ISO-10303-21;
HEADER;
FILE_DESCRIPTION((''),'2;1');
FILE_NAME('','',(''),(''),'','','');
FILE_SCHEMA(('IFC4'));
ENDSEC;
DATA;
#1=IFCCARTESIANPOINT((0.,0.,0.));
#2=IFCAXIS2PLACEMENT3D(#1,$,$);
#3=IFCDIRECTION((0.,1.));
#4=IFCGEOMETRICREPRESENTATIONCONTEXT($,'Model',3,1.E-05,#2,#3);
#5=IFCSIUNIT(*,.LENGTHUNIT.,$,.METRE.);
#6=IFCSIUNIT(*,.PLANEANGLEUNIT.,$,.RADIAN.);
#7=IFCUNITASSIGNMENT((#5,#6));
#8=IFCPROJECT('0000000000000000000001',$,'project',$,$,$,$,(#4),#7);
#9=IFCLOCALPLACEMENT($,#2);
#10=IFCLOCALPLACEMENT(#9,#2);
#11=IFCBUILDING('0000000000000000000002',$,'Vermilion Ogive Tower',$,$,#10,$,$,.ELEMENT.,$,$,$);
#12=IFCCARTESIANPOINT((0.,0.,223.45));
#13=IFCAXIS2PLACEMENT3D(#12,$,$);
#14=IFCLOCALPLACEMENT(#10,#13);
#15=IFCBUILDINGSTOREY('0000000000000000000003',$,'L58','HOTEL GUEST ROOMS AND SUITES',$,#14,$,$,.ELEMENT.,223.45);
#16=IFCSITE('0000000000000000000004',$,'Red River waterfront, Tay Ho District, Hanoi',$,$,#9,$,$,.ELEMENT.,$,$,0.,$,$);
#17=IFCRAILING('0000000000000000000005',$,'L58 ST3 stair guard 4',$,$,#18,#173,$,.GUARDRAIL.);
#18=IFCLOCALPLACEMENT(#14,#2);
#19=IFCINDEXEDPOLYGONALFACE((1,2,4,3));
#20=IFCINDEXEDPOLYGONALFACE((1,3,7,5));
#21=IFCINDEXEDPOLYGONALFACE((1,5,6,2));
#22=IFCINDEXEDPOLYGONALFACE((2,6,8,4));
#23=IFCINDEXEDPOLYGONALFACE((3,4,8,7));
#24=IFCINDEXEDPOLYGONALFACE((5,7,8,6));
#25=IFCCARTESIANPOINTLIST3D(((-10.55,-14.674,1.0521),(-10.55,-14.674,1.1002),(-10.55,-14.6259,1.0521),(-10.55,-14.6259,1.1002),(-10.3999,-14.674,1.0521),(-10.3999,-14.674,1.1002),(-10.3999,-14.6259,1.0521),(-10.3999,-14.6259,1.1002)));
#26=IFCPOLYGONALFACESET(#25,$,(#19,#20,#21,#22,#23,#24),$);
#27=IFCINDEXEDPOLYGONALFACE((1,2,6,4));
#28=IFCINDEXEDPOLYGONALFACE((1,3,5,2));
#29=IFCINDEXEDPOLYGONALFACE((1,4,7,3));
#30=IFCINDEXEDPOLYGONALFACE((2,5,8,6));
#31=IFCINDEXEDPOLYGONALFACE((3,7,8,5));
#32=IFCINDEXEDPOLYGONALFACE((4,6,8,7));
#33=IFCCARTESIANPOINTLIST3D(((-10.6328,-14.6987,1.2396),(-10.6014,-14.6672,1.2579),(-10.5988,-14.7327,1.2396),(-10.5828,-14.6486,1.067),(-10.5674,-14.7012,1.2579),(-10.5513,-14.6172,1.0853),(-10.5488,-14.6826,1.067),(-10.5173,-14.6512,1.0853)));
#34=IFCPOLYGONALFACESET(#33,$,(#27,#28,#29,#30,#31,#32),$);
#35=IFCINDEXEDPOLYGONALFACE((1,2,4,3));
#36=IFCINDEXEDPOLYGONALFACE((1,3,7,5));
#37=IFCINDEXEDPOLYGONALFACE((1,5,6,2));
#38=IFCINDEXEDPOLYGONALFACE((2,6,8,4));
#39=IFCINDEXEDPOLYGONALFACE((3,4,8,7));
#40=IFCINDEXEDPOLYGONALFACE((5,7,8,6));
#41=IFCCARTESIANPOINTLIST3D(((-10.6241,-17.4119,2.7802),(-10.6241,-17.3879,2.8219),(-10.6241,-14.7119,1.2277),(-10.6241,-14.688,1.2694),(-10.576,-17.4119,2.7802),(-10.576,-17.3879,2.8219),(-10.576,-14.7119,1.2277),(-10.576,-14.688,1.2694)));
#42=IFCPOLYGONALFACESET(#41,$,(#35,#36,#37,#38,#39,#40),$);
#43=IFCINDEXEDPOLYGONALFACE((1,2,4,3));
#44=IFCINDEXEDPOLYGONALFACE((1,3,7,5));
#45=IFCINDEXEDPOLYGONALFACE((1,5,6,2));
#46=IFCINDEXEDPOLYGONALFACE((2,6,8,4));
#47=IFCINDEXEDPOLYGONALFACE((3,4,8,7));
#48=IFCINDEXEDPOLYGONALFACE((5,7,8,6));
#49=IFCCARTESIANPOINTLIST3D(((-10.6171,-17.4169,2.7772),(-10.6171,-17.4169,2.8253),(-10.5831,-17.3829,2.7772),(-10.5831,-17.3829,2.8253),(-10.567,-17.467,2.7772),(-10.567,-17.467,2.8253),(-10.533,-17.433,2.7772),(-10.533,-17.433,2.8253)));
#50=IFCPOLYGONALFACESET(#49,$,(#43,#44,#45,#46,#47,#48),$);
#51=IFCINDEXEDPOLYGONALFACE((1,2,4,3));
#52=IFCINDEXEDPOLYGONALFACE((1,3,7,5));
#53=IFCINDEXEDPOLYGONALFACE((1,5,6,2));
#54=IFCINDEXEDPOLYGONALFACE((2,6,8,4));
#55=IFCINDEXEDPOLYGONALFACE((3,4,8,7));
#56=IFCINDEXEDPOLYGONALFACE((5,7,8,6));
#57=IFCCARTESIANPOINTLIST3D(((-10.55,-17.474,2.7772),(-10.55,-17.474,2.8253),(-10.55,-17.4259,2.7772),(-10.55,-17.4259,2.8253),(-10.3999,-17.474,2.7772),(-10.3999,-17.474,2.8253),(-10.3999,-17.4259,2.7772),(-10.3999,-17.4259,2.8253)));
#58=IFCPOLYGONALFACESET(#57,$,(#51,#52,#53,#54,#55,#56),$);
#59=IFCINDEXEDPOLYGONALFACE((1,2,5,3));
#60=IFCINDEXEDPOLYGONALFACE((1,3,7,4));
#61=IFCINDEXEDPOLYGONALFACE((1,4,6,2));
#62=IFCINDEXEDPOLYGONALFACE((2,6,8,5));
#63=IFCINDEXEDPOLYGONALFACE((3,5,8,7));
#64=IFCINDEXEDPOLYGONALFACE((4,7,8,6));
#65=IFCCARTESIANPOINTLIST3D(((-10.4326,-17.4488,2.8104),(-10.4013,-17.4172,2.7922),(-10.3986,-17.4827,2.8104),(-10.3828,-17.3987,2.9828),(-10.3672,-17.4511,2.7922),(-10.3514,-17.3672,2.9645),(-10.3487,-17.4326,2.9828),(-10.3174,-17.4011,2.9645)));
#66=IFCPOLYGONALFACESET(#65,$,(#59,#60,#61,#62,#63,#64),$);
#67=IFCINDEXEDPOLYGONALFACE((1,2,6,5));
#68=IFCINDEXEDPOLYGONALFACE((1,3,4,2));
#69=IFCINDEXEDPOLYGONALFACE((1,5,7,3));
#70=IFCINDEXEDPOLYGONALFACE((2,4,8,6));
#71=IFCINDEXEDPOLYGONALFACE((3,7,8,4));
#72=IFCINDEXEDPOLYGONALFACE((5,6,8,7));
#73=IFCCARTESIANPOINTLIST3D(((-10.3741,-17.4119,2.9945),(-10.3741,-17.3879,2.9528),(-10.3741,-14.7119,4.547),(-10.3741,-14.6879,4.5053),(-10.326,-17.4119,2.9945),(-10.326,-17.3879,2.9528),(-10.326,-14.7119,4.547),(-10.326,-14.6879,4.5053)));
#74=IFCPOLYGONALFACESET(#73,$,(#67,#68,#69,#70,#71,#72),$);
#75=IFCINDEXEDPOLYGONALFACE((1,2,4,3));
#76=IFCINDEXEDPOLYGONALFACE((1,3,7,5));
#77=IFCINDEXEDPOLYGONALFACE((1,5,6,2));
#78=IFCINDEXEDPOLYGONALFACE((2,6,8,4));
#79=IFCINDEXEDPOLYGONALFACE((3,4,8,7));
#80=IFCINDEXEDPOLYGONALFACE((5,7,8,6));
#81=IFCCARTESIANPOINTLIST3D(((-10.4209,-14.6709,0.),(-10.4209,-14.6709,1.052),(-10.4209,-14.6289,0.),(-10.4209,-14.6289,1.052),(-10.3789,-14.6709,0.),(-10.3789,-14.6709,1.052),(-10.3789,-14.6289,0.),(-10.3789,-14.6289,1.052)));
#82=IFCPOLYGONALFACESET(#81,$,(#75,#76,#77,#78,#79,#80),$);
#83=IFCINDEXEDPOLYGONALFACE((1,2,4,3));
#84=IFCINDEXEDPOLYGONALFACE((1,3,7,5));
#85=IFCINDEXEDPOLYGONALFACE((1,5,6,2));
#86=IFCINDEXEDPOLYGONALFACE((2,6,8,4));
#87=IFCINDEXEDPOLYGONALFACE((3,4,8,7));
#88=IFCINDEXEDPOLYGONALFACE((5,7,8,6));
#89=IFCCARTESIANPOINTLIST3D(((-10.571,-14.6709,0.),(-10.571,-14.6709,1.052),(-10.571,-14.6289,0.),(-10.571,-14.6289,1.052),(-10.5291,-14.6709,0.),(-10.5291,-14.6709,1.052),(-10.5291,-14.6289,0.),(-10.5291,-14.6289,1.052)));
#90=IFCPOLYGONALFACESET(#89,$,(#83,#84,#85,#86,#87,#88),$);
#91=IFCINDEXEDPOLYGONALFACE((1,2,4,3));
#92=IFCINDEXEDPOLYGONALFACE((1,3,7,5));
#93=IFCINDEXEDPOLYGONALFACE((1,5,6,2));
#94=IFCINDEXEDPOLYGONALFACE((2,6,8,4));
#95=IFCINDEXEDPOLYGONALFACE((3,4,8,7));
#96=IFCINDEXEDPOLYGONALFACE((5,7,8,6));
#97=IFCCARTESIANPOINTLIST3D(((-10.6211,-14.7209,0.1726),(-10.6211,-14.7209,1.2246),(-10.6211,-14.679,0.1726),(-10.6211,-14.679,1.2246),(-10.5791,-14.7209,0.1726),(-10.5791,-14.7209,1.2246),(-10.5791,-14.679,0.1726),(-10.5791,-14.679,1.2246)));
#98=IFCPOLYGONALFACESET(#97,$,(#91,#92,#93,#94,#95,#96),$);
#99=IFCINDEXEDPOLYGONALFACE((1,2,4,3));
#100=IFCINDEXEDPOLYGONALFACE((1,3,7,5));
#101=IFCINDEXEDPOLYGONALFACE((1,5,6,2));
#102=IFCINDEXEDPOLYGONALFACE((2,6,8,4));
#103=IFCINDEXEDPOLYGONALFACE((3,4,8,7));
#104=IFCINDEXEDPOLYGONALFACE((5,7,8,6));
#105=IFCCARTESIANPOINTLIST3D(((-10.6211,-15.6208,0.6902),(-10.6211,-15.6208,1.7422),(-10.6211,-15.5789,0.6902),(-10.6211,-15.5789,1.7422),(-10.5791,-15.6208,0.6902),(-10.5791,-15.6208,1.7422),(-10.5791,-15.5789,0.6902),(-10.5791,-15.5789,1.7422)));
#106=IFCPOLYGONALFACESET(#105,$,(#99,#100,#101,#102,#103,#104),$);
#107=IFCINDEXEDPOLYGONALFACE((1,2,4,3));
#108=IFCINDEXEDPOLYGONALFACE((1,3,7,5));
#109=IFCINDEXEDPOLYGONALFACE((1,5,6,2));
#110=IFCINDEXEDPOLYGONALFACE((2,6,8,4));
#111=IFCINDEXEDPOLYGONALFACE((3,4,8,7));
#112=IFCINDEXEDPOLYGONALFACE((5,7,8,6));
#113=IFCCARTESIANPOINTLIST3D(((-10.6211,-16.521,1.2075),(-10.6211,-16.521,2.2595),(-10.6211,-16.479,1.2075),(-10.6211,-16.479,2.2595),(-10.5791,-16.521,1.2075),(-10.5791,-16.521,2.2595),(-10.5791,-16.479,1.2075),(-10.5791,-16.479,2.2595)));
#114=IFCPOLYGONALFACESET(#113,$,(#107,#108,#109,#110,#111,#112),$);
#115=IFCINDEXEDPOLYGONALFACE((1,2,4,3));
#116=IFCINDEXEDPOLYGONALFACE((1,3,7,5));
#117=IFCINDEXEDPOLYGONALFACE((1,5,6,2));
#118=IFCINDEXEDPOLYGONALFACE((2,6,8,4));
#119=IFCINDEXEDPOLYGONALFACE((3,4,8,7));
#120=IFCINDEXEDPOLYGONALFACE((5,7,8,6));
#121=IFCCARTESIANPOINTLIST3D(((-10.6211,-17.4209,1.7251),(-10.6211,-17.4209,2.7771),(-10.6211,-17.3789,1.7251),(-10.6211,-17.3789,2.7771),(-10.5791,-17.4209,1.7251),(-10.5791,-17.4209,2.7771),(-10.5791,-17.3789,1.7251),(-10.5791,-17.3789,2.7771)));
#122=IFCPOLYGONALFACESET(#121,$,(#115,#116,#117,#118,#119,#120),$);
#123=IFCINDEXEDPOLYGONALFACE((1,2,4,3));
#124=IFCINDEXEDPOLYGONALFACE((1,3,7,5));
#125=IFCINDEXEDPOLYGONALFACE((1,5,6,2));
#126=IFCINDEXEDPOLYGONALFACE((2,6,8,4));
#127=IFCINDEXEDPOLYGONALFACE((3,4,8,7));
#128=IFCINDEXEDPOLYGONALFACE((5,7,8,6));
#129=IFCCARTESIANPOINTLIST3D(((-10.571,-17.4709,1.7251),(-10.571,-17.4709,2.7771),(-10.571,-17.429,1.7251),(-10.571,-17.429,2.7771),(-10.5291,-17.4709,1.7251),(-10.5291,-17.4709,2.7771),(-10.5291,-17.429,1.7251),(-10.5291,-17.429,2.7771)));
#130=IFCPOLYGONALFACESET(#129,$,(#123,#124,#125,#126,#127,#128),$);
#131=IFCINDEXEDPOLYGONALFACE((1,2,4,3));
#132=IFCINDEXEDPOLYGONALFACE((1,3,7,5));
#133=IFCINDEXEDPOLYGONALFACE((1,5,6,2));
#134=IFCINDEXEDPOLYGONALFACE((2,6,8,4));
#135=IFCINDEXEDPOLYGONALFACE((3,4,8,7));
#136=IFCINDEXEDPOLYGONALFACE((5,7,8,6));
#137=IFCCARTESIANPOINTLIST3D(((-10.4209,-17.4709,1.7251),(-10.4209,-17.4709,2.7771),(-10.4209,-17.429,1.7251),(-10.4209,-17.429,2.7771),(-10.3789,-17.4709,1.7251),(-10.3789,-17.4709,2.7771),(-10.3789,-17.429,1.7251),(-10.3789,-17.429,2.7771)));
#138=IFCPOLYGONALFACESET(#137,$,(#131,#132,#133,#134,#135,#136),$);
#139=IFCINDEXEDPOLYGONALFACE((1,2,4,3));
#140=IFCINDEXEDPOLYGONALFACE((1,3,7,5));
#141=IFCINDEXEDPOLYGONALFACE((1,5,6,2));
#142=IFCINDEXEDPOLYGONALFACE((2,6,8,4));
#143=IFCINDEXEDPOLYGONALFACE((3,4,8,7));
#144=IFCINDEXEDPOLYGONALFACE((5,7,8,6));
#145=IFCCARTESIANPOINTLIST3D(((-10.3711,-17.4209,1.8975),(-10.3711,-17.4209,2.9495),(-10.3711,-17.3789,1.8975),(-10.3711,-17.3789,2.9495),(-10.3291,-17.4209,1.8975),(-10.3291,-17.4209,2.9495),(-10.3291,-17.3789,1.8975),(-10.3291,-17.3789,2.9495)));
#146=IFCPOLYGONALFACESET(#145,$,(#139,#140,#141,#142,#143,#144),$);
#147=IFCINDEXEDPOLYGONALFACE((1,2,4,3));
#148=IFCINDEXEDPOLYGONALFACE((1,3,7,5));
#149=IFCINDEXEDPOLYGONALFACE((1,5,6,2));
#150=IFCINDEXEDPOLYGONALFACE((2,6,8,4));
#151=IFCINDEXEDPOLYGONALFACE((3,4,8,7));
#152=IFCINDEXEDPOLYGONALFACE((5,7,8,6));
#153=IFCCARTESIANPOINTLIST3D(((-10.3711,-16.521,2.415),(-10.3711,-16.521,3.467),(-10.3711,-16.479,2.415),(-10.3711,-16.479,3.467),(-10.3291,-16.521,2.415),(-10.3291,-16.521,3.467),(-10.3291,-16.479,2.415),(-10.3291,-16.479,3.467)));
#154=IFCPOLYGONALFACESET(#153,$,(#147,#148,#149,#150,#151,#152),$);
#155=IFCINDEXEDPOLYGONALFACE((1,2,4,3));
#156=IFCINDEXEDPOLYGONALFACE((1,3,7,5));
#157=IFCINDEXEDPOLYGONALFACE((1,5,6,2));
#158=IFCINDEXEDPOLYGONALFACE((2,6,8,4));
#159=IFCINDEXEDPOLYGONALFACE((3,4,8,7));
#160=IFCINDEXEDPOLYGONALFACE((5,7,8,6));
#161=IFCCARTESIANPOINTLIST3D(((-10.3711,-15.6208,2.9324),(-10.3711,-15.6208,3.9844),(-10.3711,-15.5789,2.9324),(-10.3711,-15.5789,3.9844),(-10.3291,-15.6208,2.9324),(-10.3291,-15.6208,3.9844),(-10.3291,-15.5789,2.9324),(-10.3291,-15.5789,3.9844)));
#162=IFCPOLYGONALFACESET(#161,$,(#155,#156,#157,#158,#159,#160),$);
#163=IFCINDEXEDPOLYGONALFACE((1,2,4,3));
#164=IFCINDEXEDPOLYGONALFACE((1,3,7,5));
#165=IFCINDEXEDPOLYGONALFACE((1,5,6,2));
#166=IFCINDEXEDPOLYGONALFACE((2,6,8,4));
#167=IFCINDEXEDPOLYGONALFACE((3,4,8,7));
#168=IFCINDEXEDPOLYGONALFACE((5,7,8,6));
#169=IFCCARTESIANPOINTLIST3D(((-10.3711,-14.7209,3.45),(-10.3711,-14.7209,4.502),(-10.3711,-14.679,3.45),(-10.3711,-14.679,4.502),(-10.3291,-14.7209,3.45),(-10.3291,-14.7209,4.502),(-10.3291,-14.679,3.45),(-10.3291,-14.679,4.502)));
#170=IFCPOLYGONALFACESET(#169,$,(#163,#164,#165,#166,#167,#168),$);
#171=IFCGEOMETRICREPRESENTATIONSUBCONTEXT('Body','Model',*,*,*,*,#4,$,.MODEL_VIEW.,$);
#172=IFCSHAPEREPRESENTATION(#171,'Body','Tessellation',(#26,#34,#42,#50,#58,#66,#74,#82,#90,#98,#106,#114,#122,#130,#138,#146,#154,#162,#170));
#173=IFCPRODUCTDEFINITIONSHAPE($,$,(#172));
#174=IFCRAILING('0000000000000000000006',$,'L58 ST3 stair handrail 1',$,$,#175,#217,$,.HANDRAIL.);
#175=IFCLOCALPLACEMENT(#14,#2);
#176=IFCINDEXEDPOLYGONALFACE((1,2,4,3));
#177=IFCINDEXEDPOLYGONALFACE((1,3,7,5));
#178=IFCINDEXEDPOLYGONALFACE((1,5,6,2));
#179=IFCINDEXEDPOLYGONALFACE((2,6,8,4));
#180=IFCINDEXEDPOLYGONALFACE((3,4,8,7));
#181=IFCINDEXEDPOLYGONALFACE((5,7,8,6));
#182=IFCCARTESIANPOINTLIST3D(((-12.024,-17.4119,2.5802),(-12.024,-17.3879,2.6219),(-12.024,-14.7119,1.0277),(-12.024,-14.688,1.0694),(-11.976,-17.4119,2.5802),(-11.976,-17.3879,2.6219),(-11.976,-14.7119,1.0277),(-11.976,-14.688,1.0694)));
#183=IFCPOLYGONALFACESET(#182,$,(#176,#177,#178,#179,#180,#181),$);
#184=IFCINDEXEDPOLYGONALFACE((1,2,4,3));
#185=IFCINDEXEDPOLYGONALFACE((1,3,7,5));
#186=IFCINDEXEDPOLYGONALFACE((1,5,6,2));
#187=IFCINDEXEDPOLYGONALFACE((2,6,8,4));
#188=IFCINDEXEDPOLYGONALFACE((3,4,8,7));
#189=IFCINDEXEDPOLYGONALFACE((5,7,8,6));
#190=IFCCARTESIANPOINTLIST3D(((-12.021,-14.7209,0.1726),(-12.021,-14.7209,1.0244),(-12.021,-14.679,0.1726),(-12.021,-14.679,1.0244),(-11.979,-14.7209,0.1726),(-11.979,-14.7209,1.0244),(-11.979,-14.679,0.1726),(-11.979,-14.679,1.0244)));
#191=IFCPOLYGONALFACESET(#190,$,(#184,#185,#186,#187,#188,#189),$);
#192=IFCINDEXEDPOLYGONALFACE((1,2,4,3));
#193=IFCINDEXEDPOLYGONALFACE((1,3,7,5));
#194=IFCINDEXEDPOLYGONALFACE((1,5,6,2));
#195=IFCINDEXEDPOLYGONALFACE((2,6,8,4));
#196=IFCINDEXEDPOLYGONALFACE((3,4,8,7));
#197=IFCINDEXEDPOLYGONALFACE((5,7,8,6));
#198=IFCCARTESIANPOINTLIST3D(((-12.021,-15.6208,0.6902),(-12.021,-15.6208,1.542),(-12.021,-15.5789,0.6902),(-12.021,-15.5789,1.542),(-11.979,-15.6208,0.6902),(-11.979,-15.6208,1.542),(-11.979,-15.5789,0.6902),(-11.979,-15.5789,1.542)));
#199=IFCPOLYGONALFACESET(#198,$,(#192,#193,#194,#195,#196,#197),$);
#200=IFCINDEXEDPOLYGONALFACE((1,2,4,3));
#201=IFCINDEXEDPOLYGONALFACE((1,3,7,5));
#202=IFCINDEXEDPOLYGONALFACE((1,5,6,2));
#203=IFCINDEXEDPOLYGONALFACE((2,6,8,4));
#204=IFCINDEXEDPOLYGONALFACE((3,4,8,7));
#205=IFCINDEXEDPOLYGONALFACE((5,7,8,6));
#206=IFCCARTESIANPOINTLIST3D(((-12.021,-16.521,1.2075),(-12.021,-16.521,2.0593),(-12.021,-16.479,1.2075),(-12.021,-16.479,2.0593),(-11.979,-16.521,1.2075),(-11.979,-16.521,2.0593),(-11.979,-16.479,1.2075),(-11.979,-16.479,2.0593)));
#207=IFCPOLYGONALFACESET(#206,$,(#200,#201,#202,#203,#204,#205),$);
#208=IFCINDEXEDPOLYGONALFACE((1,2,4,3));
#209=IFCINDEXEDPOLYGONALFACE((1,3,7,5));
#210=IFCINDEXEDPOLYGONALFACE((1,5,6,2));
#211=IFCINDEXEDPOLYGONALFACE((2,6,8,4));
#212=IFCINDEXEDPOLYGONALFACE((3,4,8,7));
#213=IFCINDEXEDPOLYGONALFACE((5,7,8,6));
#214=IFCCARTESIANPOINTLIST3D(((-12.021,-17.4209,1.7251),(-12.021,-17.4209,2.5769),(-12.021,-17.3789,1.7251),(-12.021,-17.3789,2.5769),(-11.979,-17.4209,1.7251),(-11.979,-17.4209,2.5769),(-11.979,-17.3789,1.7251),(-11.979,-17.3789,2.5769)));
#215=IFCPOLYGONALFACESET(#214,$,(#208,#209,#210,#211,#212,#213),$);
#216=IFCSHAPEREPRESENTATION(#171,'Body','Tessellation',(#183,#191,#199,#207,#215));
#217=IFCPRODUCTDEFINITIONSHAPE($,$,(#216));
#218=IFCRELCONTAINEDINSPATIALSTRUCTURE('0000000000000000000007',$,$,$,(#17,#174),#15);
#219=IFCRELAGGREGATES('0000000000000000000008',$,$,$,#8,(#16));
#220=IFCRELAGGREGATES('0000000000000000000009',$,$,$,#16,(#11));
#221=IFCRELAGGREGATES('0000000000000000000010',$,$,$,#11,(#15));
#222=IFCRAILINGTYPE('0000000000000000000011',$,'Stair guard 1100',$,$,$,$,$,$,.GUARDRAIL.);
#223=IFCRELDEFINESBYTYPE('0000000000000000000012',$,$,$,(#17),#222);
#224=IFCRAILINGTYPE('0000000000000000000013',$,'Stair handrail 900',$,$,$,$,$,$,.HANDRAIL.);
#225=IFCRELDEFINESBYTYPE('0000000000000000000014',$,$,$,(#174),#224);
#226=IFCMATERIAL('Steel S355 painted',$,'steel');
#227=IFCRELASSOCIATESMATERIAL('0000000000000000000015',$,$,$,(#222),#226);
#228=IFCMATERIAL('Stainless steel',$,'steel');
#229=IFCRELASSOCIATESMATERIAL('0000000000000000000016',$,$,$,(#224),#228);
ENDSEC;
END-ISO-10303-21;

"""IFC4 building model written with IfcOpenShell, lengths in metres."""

from ifc_helpers import new_model, si_unit, direction, frame, origin, origin_2d, place, context, subcontext, project, spatial, rectangle, extrude, material, type_object, element, save


model = new_model("IFC4")

# Units and contexts
model_context = context("Model", 3, precision=1e-05, world=origin(), true_north=direction((0.0, 1.0)))
body_context = subcontext(model_context, "Body", "Model", "MODEL_VIEW")
ifc_project = project(units=[si_unit("LENGTHUNIT", "METRE"), si_unit("PLANEANGLEUNIT", "RADIAN")], contexts=[model_context])

# Site, building, storey
site_placement = place(None, origin())
site = spatial("IfcSite", under=ifc_project, at=site_placement, Name="Red River waterfront, Tay Ho District, Hanoi", CompositionType="ELEMENT", RefElevation=0.0)
building_placement = place(site_placement, origin())
building = spatial("IfcBuilding", under=site, at=building_placement, Name="Vermilion Ogive Tower", CompositionType="ELEMENT")
storey_placement = place(building_placement, frame((0.0, 0.0, 223.45)))
storey = spatial("IfcBuildingStorey", under=building, at=storey_placement, Name="L58", Description="HOTEL GUEST ROOMS AND SUITES", CompositionType="ELEMENT", Elevation=223.45)

# Railings
ifc_material_1 = material(Name="Steel S355 painted", Category="steel")
railing_type_1 = type_object("IfcRailingType", Name="Stair guard 1100", PredefinedType="GUARDRAIL", material=ifc_material_1)
railing_1_placement = place(storey_placement, frame((-10.3999, -14.6499, 0.0)))
element("IfcRailing", 1, at=railing_1_placement, inside=storey, type_object=railing_type_1, Name="L58 ST3 stair guard 4", PredefinedType="GUARDRAIL", context=body_context, shape_type="SweptSolid", body=[
    extrude(rectangle(XDim=0.0481, YDim=0.0481, at=origin_2d()), frame((0.0, 0.0, 1.0762), z_axis=(-1.0, 0.0, 0.0), x_axis=(0.0, -1.0, 0.0)), (0.0, 0.0, 1.0), 0.1501),
    extrude(rectangle(XDim=0.0481, YDim=0.0481, at=origin_2d()), frame((-0.1501, 0.0, 1.0762), z_axis=(-0.268278, -0.268278, 0.925232), x_axis=(0.707107, -0.707107, 0.0)), (0.0, 0.0, 1.0), 0.1865),
    extrude(rectangle(XDim=0.0481, YDim=0.0481, at=origin_2d()), frame((-0.2002, -0.05, 1.2485), z_axis=(0.0, -0.866904, 0.498476), x_axis=(1.0, 0.0, 0.0)), (0.0, 0.0, 1.0), 3.1145),
    extrude(rectangle(XDim=0.0481, YDim=0.0481, at=origin_2d()), frame((-0.2002, -2.75, 2.8013), z_axis=(0.707107, -0.707107, 0.0), x_axis=(0.707107, 0.707107, 0.0)), (0.0, 0.0, 1.0), 0.0708),
    extrude(rectangle(XDim=0.0481, YDim=0.0481, at=origin_2d()), frame((-0.1501, -2.8, 2.8013), z_axis=(1.0, 0.0, 0.0), x_axis=(0.0, 1.0, 0.0)), (0.0, 0.0, 1.0), 0.1501),
    extrude(rectangle(XDim=0.0481, YDim=0.0481, at=origin_2d()), frame((0.0, -2.8, 2.8013), z_axis=(0.267387, 0.268698, 0.925368), x_axis=(-0.708834, 0.705376, 0.0)), (0.0, 0.0, 1.0), 0.1863),
    extrude(rectangle(XDim=0.0481, YDim=0.0481, at=origin_2d()), frame((0.0498, -2.75, 2.9736), z_axis=(0.0, 0.866904, 0.498476), x_axis=(-1.0, 0.0, 0.0)), (0.0, 0.0, 1.0), 3.1145),
    extrude(rectangle(XDim=0.042, YDim=0.042, at=origin_2d()), origin(), (0.0, 0.0, 1.0), 1.052),
    extrude(rectangle(XDim=0.042, YDim=0.042, at=origin_2d()), frame((-0.1501, 0.0, 0.0)), (0.0, 0.0, 1.0), 1.052),
    extrude(rectangle(XDim=0.042, YDim=0.042, at=origin_2d()), frame((-0.2002, -0.05, 0.1726)), (0.0, 0.0, 1.0), 1.052),
    extrude(rectangle(XDim=0.042, YDim=0.042, at=origin_2d()), frame((-0.2002, -0.95, 0.6902)), (0.0, 0.0, 1.0), 1.052),
    extrude(rectangle(XDim=0.042, YDim=0.042, at=origin_2d()), frame((-0.2002, -1.8501, 1.2075)), (0.0, 0.0, 1.0), 1.052),
    extrude(rectangle(XDim=0.042, YDim=0.042, at=origin_2d()), frame((-0.2002, -2.75, 1.7251)), (0.0, 0.0, 1.0), 1.052),
    extrude(rectangle(XDim=0.042, YDim=0.042, at=origin_2d()), frame((-0.1501, -2.8, 1.7251)), (0.0, 0.0, 1.0), 1.052),
    extrude(rectangle(XDim=0.042, YDim=0.042, at=origin_2d()), frame((0.0, -2.8, 1.7251)), (0.0, 0.0, 1.0), 1.052),
    extrude(rectangle(XDim=0.042, YDim=0.042, at=origin_2d()), frame((0.0498, -2.75, 1.8975)), (0.0, 0.0, 1.0), 1.052),
    extrude(rectangle(XDim=0.042, YDim=0.042, at=origin_2d()), frame((0.0498, -1.8501, 2.415)), (0.0, 0.0, 1.0), 1.052),
    extrude(rectangle(XDim=0.042, YDim=0.042, at=origin_2d()), frame((0.0498, -0.95, 2.9324)), (0.0, 0.0, 1.0), 1.052),
    extrude(rectangle(XDim=0.042, YDim=0.042, at=origin_2d()), frame((0.0498, -0.05, 3.45)), (0.0, 0.0, 1.0), 1.052),
])
ifc_material_2 = material(Name="Stainless steel", Category="steel")
railing_type_2 = type_object("IfcRailingType", Name="Stair handrail 900", PredefinedType="HANDRAIL", material=ifc_material_2)
railing_2_placement = place(storey_placement, frame((-12.0, -14.7, 0.1726)))
element("IfcRailing", 2, at=railing_2_placement, inside=storey, type_object=railing_type_2, Name="L58 ST3 stair handrail 1", PredefinedType="HANDRAIL", context=body_context, shape_type="SweptSolid", body=[
    extrude(rectangle(XDim=0.0481, YDim=0.0481, at=origin_2d()), frame((0.0, 0.0, 0.876), z_axis=(0.0, -0.866904, 0.498476), x_axis=(1.0, 0.0, 0.0)), (0.0, 0.0, 1.0), 3.1145),
    extrude(rectangle(XDim=0.042, YDim=0.042, at=origin_2d()), origin(), (0.0, 0.0, 1.0), 0.8518),
    extrude(rectangle(XDim=0.042, YDim=0.042, at=origin_2d()), frame((0.0, -0.8999, 0.5176)), (0.0, 0.0, 1.0), 0.8518),
    extrude(rectangle(XDim=0.042, YDim=0.042, at=origin_2d()), frame((0.0, -1.8, 1.0349)), (0.0, 0.0, 1.0), 0.8518),
    extrude(rectangle(XDim=0.042, YDim=0.042, at=origin_2d()), frame((0.0, -2.7, 1.5525)), (0.0, 0.0, 1.0), 0.8518),
])

save(model, "model.ifc")
